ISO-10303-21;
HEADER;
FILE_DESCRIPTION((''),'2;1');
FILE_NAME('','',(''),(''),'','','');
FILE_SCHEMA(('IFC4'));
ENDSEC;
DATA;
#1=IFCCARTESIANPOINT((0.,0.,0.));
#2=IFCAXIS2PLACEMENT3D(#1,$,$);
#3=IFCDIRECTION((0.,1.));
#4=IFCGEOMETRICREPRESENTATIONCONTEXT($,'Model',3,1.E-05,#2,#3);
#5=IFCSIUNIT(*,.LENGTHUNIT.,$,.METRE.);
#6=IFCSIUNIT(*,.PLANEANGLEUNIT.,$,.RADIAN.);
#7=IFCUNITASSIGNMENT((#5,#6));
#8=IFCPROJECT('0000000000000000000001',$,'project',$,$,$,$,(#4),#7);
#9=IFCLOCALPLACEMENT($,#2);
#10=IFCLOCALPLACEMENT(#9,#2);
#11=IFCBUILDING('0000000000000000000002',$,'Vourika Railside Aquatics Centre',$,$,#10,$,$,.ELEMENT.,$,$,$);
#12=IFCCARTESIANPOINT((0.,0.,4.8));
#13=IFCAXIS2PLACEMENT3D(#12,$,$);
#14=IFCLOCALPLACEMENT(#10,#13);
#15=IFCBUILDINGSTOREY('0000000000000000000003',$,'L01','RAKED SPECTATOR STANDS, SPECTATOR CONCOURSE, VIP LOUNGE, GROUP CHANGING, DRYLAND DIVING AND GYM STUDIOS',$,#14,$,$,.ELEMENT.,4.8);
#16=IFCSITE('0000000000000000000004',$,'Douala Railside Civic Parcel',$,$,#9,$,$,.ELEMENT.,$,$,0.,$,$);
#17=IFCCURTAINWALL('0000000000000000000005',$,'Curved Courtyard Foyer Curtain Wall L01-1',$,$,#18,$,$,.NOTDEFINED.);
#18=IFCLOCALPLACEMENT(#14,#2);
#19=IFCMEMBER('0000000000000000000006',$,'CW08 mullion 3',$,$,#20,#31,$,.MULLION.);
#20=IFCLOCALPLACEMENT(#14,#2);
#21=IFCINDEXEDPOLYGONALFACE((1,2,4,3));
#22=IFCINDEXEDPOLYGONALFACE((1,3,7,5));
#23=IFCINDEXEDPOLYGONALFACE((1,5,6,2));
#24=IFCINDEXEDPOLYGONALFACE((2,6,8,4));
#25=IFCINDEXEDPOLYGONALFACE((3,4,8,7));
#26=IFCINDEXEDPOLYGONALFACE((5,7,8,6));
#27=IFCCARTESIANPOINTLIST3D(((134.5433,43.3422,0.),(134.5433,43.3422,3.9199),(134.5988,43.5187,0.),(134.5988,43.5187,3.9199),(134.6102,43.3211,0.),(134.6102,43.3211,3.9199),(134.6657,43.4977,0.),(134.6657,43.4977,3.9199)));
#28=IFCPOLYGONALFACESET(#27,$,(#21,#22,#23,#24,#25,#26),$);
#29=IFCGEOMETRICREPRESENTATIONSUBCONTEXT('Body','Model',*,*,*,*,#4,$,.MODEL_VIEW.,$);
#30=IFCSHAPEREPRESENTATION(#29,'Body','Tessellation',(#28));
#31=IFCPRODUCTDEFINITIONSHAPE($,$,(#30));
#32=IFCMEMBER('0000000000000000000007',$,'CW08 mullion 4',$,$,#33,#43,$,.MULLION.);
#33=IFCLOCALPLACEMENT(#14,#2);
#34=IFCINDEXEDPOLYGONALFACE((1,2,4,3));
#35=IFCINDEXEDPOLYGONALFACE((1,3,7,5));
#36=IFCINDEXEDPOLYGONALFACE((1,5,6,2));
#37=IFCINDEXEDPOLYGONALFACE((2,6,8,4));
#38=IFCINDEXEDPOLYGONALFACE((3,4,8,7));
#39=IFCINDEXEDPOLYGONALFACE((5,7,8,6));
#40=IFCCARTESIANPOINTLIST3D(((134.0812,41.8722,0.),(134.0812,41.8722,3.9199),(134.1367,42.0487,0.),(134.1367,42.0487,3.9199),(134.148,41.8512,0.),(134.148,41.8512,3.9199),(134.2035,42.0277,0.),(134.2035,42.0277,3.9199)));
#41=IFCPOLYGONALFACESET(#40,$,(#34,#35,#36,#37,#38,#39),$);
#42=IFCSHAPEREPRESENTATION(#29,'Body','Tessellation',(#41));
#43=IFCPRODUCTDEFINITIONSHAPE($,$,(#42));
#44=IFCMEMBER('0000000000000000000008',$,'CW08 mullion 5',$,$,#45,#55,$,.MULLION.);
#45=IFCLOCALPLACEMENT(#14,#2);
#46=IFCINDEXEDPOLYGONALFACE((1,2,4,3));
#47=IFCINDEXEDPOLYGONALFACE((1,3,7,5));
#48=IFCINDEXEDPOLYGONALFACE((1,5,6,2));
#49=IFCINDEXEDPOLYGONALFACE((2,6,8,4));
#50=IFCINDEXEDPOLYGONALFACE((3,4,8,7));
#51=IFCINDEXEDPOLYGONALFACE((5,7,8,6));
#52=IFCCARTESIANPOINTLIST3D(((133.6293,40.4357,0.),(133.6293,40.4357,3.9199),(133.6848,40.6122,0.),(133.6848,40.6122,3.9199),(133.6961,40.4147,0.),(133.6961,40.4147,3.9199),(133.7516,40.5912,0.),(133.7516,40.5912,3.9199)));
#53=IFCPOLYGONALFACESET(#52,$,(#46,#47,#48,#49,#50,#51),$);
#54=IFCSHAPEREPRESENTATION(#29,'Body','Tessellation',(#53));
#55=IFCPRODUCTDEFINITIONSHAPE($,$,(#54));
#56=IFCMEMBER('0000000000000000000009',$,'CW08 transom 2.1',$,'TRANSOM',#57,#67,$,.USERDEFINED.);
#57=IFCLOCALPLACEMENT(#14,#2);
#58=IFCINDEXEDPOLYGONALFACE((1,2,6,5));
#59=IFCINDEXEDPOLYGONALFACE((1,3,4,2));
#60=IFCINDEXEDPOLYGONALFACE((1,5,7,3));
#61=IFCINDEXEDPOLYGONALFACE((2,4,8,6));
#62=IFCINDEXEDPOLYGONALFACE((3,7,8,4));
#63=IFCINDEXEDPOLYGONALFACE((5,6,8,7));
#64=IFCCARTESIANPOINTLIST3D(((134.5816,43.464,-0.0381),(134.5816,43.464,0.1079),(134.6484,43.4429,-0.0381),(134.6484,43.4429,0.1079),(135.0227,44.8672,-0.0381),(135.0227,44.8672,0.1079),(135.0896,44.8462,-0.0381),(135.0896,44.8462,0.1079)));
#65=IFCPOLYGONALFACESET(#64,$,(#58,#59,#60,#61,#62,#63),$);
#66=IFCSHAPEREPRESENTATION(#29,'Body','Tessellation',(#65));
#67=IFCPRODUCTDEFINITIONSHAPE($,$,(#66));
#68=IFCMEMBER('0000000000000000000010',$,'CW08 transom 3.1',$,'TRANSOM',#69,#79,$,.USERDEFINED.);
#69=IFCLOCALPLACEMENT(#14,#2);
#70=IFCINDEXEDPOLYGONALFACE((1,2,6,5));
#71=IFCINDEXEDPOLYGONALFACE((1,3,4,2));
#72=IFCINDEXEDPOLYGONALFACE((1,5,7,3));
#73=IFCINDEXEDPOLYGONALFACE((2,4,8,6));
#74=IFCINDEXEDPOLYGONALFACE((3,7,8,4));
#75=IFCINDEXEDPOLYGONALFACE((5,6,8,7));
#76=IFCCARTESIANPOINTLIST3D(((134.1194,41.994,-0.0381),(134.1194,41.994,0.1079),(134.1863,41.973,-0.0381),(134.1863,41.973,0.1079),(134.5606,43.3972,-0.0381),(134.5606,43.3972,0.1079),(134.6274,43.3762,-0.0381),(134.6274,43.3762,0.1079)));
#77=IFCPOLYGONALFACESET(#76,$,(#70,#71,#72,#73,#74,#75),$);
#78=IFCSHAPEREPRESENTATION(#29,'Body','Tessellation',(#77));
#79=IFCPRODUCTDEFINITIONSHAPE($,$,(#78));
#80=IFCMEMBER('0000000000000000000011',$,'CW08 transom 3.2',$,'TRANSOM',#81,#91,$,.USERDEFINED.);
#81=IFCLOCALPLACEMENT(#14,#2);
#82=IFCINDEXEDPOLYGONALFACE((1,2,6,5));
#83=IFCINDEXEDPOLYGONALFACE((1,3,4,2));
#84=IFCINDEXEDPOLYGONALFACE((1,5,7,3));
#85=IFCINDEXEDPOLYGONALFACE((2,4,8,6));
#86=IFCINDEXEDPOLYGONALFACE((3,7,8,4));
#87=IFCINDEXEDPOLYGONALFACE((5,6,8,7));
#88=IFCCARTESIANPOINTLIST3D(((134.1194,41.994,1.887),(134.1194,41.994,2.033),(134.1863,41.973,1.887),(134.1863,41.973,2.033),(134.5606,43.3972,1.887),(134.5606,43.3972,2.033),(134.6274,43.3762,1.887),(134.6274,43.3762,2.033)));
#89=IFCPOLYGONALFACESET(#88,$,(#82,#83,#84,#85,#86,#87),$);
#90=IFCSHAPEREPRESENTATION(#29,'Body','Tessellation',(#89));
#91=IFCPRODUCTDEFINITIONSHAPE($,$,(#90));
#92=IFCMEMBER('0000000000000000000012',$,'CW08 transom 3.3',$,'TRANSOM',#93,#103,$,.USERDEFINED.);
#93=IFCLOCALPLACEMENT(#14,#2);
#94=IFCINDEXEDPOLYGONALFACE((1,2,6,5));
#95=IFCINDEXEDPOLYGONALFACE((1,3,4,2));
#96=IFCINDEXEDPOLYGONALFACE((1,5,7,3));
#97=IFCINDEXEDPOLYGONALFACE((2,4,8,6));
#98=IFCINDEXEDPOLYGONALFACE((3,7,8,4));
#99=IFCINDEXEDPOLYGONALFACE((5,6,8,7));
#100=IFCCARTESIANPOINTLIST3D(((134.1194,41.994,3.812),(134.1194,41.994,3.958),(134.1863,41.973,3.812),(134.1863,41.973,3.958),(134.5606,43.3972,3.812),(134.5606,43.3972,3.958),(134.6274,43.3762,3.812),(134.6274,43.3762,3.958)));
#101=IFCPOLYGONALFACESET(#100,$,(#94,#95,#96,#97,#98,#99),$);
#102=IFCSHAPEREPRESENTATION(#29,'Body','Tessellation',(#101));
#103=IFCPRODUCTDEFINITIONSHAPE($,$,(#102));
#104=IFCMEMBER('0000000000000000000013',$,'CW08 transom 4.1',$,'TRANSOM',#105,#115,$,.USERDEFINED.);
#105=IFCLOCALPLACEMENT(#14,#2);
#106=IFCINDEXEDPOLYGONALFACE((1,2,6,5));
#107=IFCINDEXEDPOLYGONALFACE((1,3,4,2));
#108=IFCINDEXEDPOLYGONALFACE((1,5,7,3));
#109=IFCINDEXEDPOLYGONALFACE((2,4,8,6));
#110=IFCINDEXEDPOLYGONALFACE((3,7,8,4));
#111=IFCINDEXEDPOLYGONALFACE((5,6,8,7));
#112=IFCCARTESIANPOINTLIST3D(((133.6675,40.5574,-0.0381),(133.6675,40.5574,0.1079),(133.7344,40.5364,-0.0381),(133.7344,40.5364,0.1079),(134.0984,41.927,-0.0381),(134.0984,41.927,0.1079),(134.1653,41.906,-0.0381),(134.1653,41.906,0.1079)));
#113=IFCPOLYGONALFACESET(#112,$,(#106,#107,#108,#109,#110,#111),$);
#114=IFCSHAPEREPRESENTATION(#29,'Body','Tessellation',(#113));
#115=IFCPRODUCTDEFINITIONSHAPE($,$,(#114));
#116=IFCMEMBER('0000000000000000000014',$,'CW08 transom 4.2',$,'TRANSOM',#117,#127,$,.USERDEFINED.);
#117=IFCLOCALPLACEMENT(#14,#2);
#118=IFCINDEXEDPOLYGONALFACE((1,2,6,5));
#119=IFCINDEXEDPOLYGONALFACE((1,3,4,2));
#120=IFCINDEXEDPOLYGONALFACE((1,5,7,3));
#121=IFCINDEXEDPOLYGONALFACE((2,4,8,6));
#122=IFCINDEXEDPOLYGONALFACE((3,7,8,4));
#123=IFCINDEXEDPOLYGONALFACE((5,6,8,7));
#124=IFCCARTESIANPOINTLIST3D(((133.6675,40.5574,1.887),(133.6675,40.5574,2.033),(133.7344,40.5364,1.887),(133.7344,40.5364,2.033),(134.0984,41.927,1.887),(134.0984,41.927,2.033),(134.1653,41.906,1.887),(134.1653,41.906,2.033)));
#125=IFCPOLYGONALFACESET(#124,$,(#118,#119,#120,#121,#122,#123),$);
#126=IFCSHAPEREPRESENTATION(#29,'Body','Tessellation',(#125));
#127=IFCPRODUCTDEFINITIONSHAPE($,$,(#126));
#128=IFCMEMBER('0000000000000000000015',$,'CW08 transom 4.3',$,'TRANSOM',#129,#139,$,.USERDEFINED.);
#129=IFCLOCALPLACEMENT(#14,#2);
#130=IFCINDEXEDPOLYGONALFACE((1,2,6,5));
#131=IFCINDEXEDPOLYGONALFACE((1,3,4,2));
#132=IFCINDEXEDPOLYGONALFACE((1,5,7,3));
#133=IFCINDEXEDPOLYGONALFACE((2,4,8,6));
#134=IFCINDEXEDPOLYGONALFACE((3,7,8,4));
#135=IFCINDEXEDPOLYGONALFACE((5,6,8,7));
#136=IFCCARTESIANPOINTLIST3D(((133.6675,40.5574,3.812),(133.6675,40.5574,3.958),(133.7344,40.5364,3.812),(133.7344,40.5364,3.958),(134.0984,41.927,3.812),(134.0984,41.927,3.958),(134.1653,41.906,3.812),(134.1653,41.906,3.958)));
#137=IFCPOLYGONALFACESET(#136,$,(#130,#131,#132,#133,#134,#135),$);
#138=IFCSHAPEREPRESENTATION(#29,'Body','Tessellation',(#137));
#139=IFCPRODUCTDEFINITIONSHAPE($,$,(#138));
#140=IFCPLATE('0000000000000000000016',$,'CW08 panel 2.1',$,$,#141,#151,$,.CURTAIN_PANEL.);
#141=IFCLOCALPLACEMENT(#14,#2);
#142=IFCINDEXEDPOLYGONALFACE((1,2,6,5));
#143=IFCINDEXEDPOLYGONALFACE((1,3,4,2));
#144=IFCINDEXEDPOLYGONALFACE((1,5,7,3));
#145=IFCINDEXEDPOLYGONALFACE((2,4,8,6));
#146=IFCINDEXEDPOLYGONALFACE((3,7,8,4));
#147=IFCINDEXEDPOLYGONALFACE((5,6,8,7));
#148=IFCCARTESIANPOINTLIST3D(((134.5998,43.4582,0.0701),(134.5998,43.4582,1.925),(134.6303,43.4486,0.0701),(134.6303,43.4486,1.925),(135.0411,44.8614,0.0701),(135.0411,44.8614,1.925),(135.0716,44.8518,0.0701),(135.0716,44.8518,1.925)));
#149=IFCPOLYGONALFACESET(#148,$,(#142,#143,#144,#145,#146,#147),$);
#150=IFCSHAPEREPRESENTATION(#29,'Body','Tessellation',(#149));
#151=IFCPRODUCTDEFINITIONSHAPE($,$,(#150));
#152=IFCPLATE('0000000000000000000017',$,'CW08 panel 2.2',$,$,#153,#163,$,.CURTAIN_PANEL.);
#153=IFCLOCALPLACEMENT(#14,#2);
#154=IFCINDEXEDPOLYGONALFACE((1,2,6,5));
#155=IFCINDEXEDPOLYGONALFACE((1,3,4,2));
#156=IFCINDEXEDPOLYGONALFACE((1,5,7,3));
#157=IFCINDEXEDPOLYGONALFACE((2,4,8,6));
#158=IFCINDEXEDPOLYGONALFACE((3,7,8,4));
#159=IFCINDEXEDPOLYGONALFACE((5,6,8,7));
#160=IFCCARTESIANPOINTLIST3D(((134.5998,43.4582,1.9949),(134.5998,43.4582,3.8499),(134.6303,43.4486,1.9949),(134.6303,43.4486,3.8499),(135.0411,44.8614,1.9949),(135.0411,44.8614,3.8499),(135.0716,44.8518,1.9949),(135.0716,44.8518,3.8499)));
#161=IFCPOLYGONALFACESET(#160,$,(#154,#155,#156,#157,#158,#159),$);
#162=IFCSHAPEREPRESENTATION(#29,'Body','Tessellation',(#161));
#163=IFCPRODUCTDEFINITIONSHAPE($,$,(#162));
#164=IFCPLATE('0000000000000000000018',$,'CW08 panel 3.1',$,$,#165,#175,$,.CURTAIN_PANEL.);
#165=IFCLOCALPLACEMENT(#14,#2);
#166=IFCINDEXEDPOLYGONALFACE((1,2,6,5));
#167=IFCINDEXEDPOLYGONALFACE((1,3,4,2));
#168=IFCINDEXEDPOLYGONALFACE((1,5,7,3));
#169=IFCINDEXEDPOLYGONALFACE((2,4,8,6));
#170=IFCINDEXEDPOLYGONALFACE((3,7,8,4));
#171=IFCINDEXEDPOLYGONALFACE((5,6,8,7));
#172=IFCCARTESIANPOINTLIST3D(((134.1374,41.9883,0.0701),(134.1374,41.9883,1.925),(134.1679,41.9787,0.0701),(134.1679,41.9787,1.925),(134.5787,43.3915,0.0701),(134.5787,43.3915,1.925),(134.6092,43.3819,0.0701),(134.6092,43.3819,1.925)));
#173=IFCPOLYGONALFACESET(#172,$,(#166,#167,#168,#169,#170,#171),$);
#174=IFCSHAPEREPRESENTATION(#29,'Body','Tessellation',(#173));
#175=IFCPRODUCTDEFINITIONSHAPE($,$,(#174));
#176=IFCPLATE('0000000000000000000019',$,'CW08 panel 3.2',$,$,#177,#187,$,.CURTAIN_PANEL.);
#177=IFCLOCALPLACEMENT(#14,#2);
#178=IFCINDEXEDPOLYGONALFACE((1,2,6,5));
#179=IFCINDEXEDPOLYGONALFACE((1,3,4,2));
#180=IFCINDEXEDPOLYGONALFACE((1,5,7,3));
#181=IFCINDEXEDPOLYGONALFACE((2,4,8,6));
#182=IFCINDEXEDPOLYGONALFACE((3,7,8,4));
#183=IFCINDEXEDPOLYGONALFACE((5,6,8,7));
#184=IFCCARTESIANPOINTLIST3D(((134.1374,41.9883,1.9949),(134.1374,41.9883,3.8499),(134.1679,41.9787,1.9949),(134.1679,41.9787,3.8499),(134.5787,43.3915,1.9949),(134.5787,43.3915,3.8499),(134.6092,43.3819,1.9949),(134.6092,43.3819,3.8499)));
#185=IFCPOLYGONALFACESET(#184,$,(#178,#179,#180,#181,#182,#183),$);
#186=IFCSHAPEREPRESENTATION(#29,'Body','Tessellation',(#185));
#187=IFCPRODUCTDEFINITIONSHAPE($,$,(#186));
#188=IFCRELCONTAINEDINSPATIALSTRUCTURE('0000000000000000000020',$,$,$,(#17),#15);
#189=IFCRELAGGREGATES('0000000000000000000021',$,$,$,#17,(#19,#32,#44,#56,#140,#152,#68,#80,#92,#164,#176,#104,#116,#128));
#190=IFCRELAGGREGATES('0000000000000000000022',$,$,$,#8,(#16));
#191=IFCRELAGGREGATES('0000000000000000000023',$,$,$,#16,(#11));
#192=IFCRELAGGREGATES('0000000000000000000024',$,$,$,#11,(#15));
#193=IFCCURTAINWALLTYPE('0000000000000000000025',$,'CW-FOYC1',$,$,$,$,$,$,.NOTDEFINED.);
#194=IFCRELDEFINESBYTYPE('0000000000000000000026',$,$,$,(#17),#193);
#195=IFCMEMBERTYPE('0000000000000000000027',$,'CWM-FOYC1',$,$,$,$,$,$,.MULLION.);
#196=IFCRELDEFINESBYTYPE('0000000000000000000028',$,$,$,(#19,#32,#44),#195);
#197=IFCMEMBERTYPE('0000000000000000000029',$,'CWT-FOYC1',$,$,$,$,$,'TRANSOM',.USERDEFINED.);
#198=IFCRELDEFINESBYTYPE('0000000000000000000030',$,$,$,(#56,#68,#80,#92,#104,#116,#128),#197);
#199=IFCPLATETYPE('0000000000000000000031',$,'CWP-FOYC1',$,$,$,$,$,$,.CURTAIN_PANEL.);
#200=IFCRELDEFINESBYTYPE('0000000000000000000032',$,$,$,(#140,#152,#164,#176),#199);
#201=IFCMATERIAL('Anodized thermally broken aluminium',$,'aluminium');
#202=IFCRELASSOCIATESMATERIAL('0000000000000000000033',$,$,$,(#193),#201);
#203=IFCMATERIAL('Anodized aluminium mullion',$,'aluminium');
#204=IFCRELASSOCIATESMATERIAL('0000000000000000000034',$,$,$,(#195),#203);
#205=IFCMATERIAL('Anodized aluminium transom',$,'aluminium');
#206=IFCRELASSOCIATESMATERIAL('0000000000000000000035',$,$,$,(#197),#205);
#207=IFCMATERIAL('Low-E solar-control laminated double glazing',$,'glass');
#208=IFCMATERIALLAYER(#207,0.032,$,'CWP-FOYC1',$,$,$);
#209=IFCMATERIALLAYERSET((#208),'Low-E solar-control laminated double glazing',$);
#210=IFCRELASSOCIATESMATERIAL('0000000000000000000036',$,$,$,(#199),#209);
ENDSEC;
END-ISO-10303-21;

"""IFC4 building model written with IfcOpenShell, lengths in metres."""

from ifc_helpers import new_model, si_unit, direction, frame, origin, origin_2d, place, context, subcontext, project, spatial, rectangle, extrude, material, layer, layer_set, material_profile, profile_set, type_object, element, aggregate, save


model = new_model("IFC4")

# Units and contexts
model_context = context("Model", 3, precision=1e-05, world=origin(), true_north=direction((0.0, 1.0)))
body_context = subcontext(model_context, "Body", "Model", "MODEL_VIEW")
ifc_project = project(units=[si_unit("LENGTHUNIT", "METRE"), si_unit("PLANEANGLEUNIT", "RADIAN")], contexts=[model_context])

# Site, building, storey
site_placement = place(None, origin())
site = spatial("IfcSite", under=ifc_project, at=site_placement, Name="Douala Railside Civic Parcel", CompositionType="ELEMENT", RefElevation=0.0)
building_placement = place(site_placement, origin())
building = spatial("IfcBuilding", under=site, at=building_placement, Name="Vourika Railside Aquatics Centre", CompositionType="ELEMENT")
storey_placement = place(building_placement, frame((0.0, 0.0, 4.8)))
storey = spatial("IfcBuildingStorey", under=building, at=storey_placement, Name="L01", Description="RAKED SPECTATOR STANDS, SPECTATOR CONCOURSE, VIP LOUNGE, GROUP CHANGING, DRYLAND DIVING AND GYM STUDIOS", CompositionType="ELEMENT", Elevation=4.8)

# Curtain wall, members, plates
ifc_material_1 = material(Name="Anodized thermally broken aluminium", Category="aluminium")
curtain_wall_type = type_object("IfcCurtainWallType", Name="CW-FOYC1", PredefinedType="NOTDEFINED", material=ifc_material_1)
curtain_wall_placement = place(storey_placement, origin())
curtain_wall = element("IfcCurtainWall", 1, at=curtain_wall_placement, inside=storey, type_object=curtain_wall_type, Name="Curved Courtyard Foyer Curtain Wall L01-1", PredefinedType="NOTDEFINED")
ifc_material_2 = material(Name="Anodized aluminium mullion", Category="aluminium")
ifc_material_profile_1 = material_profile(ifc_material_2, rectangle(XDim=0.0701, YDim=0.1851, at=origin_2d()), Name="ALU-M 70x185")
ifc_profile_set_1 = profile_set([ifc_material_profile_1], Name="Anodized aluminium mullion")
member_type_1 = type_object("IfcMemberType", Name="CWM-FOYC1", PredefinedType="MULLION", material=ifc_profile_set_1)
member_1_placement = place(storey_placement, frame((134.6045, 43.4199, 0.0), z_axis=(0.0, 0.0, 1.0), x_axis=(0.953947, -0.299974, 0.0)))
member_1 = element("IfcMember", 2, at=member_1_placement, type_object=member_type_1, Name="CW08 mullion 3", PredefinedType="MULLION", context=body_context, shape_type="SweptSolid", body=[
    extrude(rectangle(XDim=0.0701, YDim=0.1851, at=origin_2d()), origin(), (0.0, 0.0, 1.0), 3.9199),
])
member_2_placement = place(storey_placement, frame((134.1423, 41.95, 0.0), z_axis=(0.0, 0.0, 1.0), x_axis=(0.953947, -0.299974, 0.0)))
member_2 = element("IfcMember", 3, at=member_2_placement, type_object=member_type_1, Name="CW08 mullion 4", PredefinedType="MULLION", context=body_context, shape_type="SweptSolid", body=[
    extrude(rectangle(XDim=0.0701, YDim=0.1851, at=origin_2d()), origin(), (0.0, 0.0, 1.0), 3.9199),
])
member_3_placement = place(storey_placement, frame((133.6904, 40.5134, 0.0), z_axis=(0.0, 0.0, 1.0), x_axis=(0.953947, -0.299974, 0.0)))
member_3 = element("IfcMember", 4, at=member_3_placement, type_object=member_type_1, Name="CW08 mullion 5", PredefinedType="MULLION", context=body_context, shape_type="SweptSolid", body=[
    extrude(rectangle(XDim=0.0701, YDim=0.1851, at=origin_2d()), origin(), (0.0, 0.0, 1.0), 3.9199),
])
ifc_material_3 = material(Name="Anodized aluminium transom", Category="aluminium")
ifc_material_profile_2 = material_profile(ifc_material_3, rectangle(XDim=0.0701, YDim=0.146, at=origin_2d()), Name="ALU-T 70x146")
ifc_profile_set_2 = profile_set([ifc_material_profile_2], Name="Anodized aluminium transom")
member_type_2 = type_object("IfcMemberType", Name="CWT-FOYC1", ElementType="TRANSOM", PredefinedType="USERDEFINED", material=ifc_profile_set_2)
member_4_placement = place(storey_placement, frame((135.0562, 44.8567, 0.0349), z_axis=(-0.2999, -0.953971, 0.0), x_axis=(0.953971, -0.2999, 0.0)))
member_4 = element("IfcMember", 5, at=member_4_placement, type_object=member_type_2, Name="CW08 transom 2.1", ObjectType="TRANSOM", PredefinedType="USERDEFINED", context=body_context, shape_type="SweptSolid", body=[
    extrude(rectangle(XDim=0.0701, YDim=0.146, at=origin_2d()), origin(), (0.0, 0.0, 1.0), 1.4709),
])
member_5_placement = place(storey_placement, frame((134.594, 43.3867, 0.0349), z_axis=(-0.2999, -0.953971, 0.0), x_axis=(0.953971, -0.2999, 0.0)))
member_5 = element("IfcMember", 6, at=member_5_placement, type_object=member_type_2, Name="CW08 transom 3.1", ObjectType="TRANSOM", PredefinedType="USERDEFINED", context=body_context, shape_type="SweptSolid", body=[
    extrude(rectangle(XDim=0.0701, YDim=0.146, at=origin_2d()), origin(), (0.0, 0.0, 1.0), 1.4709),
])
member_6_placement = place(storey_placement, frame((134.594, 43.3867, 1.96), z_axis=(-0.2999, -0.953971, 0.0), x_axis=(0.953971, -0.2999, 0.0)))
member_6 = element("IfcMember", 7, at=member_6_placement, type_object=member_type_2, Name="CW08 transom 3.2", ObjectType="TRANSOM", PredefinedType="USERDEFINED", context=body_context, shape_type="SweptSolid", body=[
    extrude(rectangle(XDim=0.0701, YDim=0.146, at=origin_2d()), origin(), (0.0, 0.0, 1.0), 1.4709),
])
member_7_placement = place(storey_placement, frame((134.594, 43.3867, 3.885), z_axis=(-0.2999, -0.953971, 0.0), x_axis=(0.953971, -0.2999, 0.0)))
member_7 = element("IfcMember", 8, at=member_7_placement, type_object=member_type_2, Name="CW08 transom 3.3", ObjectType="TRANSOM", PredefinedType="USERDEFINED", context=body_context, shape_type="SweptSolid", body=[
    extrude(rectangle(XDim=0.0701, YDim=0.146, at=origin_2d()), origin(), (0.0, 0.0, 1.0), 1.4709),
])
member_8_placement = place(storey_placement, frame((134.1318, 41.9165, 0.0349), z_axis=(-0.300114, -0.953903, 0.0), x_axis=(0.953903, -0.300114, 0.0)))
member_8 = element("IfcMember", 9, at=member_8_placement, type_object=member_type_2, Name="CW08 transom 4.1", ObjectType="TRANSOM", PredefinedType="USERDEFINED", context=body_context, shape_type="SweptSolid", body=[
    extrude(rectangle(XDim=0.0701, YDim=0.146, at=origin_2d()), origin(), (0.0, 0.0, 1.0), 1.4358),
])
member_9_placement = place(storey_placement, frame((134.1318, 41.9165, 1.96), z_axis=(-0.300114, -0.953903, 0.0), x_axis=(0.953903, -0.300114, 0.0)))
member_9 = element("IfcMember", 10, at=member_9_placement, type_object=member_type_2, Name="CW08 transom 4.2", ObjectType="TRANSOM", PredefinedType="USERDEFINED", context=body_context, shape_type="SweptSolid", body=[
    extrude(rectangle(XDim=0.0701, YDim=0.146, at=origin_2d()), origin(), (0.0, 0.0, 1.0), 1.4358),
])
member_10_placement = place(storey_placement, frame((134.1318, 41.9165, 3.885), z_axis=(-0.300114, -0.953903, 0.0), x_axis=(0.953903, -0.300114, 0.0)))
member_10 = element("IfcMember", 11, at=member_10_placement, type_object=member_type_2, Name="CW08 transom 4.3", ObjectType="TRANSOM", PredefinedType="USERDEFINED", context=body_context, shape_type="SweptSolid", body=[
    extrude(rectangle(XDim=0.0701, YDim=0.146, at=origin_2d()), origin(), (0.0, 0.0, 1.0), 1.4358),
])
ifc_material_4 = material(Name="Low-E solar-control laminated double glazing", Category="glass")
ifc_layer_1 = layer(ifc_material_4, 0.032, Name="CWP-FOYC1")
ifc_layer_set_1 = layer_set([ifc_layer_1], Name="Low-E solar-control laminated double glazing")
plate_type = type_object("IfcPlateType", Name="CWP-FOYC1", PredefinedType="CURTAIN_PANEL", material=ifc_layer_set_1)
plate_1_placement = place(storey_placement, frame((134.8357, 44.155, 0.0701), z_axis=(0.0, 0.0, 1.0), x_axis=(-0.299974, -0.953947, 0.0)))
plate_1 = element("IfcPlate", 12, at=plate_1_placement, type_object=plate_type, Name="CW08 panel 2.1", PredefinedType="CURTAIN_PANEL", context=body_context, shape_type="SweptSolid", body=[
    extrude(rectangle(XDim=1.4709, YDim=0.032, at=origin_2d()), origin(), (0.0, 0.0, 1.0), 1.855),
])
plate_2_placement = place(storey_placement, frame((134.8357, 44.155, 1.9949), z_axis=(0.0, 0.0, 1.0), x_axis=(-0.299974, -0.953947, 0.0)))
plate_2 = element("IfcPlate", 13, at=plate_2_placement, type_object=plate_type, Name="CW08 panel 2.2", PredefinedType="CURTAIN_PANEL", context=body_context, shape_type="SweptSolid", body=[
    extrude(rectangle(XDim=1.4709, YDim=0.032, at=origin_2d()), origin(), (0.0, 0.0, 1.0), 1.855),
])
plate_3_placement = place(storey_placement, frame((134.3733, 42.6851, 0.0701), z_axis=(0.0, 0.0, 1.0), x_axis=(-0.299974, -0.953947, 0.0)))
plate_3 = element("IfcPlate", 14, at=plate_3_placement, type_object=plate_type, Name="CW08 panel 3.1", PredefinedType="CURTAIN_PANEL", context=body_context, shape_type="SweptSolid", body=[
    extrude(rectangle(XDim=1.4709, YDim=0.032, at=origin_2d()), origin(), (0.0, 0.0, 1.0), 1.855),
])
plate_4_placement = place(storey_placement, frame((134.3733, 42.6851, 1.9949), z_axis=(0.0, 0.0, 1.0), x_axis=(-0.299974, -0.953947, 0.0)))
plate_4 = element("IfcPlate", 15, at=plate_4_placement, type_object=plate_type, Name="CW08 panel 3.2", PredefinedType="CURTAIN_PANEL", context=body_context, shape_type="SweptSolid", body=[
    extrude(rectangle(XDim=1.4709, YDim=0.032, at=origin_2d()), origin(), (0.0, 0.0, 1.0), 1.855),
])
aggregate(curtain_wall, [member_1, member_2, member_3, member_4, plate_1, plate_2, member_5, member_6, member_7, plate_3, plate_4, member_8, member_9, member_10])

save(model, "model.ifc")
